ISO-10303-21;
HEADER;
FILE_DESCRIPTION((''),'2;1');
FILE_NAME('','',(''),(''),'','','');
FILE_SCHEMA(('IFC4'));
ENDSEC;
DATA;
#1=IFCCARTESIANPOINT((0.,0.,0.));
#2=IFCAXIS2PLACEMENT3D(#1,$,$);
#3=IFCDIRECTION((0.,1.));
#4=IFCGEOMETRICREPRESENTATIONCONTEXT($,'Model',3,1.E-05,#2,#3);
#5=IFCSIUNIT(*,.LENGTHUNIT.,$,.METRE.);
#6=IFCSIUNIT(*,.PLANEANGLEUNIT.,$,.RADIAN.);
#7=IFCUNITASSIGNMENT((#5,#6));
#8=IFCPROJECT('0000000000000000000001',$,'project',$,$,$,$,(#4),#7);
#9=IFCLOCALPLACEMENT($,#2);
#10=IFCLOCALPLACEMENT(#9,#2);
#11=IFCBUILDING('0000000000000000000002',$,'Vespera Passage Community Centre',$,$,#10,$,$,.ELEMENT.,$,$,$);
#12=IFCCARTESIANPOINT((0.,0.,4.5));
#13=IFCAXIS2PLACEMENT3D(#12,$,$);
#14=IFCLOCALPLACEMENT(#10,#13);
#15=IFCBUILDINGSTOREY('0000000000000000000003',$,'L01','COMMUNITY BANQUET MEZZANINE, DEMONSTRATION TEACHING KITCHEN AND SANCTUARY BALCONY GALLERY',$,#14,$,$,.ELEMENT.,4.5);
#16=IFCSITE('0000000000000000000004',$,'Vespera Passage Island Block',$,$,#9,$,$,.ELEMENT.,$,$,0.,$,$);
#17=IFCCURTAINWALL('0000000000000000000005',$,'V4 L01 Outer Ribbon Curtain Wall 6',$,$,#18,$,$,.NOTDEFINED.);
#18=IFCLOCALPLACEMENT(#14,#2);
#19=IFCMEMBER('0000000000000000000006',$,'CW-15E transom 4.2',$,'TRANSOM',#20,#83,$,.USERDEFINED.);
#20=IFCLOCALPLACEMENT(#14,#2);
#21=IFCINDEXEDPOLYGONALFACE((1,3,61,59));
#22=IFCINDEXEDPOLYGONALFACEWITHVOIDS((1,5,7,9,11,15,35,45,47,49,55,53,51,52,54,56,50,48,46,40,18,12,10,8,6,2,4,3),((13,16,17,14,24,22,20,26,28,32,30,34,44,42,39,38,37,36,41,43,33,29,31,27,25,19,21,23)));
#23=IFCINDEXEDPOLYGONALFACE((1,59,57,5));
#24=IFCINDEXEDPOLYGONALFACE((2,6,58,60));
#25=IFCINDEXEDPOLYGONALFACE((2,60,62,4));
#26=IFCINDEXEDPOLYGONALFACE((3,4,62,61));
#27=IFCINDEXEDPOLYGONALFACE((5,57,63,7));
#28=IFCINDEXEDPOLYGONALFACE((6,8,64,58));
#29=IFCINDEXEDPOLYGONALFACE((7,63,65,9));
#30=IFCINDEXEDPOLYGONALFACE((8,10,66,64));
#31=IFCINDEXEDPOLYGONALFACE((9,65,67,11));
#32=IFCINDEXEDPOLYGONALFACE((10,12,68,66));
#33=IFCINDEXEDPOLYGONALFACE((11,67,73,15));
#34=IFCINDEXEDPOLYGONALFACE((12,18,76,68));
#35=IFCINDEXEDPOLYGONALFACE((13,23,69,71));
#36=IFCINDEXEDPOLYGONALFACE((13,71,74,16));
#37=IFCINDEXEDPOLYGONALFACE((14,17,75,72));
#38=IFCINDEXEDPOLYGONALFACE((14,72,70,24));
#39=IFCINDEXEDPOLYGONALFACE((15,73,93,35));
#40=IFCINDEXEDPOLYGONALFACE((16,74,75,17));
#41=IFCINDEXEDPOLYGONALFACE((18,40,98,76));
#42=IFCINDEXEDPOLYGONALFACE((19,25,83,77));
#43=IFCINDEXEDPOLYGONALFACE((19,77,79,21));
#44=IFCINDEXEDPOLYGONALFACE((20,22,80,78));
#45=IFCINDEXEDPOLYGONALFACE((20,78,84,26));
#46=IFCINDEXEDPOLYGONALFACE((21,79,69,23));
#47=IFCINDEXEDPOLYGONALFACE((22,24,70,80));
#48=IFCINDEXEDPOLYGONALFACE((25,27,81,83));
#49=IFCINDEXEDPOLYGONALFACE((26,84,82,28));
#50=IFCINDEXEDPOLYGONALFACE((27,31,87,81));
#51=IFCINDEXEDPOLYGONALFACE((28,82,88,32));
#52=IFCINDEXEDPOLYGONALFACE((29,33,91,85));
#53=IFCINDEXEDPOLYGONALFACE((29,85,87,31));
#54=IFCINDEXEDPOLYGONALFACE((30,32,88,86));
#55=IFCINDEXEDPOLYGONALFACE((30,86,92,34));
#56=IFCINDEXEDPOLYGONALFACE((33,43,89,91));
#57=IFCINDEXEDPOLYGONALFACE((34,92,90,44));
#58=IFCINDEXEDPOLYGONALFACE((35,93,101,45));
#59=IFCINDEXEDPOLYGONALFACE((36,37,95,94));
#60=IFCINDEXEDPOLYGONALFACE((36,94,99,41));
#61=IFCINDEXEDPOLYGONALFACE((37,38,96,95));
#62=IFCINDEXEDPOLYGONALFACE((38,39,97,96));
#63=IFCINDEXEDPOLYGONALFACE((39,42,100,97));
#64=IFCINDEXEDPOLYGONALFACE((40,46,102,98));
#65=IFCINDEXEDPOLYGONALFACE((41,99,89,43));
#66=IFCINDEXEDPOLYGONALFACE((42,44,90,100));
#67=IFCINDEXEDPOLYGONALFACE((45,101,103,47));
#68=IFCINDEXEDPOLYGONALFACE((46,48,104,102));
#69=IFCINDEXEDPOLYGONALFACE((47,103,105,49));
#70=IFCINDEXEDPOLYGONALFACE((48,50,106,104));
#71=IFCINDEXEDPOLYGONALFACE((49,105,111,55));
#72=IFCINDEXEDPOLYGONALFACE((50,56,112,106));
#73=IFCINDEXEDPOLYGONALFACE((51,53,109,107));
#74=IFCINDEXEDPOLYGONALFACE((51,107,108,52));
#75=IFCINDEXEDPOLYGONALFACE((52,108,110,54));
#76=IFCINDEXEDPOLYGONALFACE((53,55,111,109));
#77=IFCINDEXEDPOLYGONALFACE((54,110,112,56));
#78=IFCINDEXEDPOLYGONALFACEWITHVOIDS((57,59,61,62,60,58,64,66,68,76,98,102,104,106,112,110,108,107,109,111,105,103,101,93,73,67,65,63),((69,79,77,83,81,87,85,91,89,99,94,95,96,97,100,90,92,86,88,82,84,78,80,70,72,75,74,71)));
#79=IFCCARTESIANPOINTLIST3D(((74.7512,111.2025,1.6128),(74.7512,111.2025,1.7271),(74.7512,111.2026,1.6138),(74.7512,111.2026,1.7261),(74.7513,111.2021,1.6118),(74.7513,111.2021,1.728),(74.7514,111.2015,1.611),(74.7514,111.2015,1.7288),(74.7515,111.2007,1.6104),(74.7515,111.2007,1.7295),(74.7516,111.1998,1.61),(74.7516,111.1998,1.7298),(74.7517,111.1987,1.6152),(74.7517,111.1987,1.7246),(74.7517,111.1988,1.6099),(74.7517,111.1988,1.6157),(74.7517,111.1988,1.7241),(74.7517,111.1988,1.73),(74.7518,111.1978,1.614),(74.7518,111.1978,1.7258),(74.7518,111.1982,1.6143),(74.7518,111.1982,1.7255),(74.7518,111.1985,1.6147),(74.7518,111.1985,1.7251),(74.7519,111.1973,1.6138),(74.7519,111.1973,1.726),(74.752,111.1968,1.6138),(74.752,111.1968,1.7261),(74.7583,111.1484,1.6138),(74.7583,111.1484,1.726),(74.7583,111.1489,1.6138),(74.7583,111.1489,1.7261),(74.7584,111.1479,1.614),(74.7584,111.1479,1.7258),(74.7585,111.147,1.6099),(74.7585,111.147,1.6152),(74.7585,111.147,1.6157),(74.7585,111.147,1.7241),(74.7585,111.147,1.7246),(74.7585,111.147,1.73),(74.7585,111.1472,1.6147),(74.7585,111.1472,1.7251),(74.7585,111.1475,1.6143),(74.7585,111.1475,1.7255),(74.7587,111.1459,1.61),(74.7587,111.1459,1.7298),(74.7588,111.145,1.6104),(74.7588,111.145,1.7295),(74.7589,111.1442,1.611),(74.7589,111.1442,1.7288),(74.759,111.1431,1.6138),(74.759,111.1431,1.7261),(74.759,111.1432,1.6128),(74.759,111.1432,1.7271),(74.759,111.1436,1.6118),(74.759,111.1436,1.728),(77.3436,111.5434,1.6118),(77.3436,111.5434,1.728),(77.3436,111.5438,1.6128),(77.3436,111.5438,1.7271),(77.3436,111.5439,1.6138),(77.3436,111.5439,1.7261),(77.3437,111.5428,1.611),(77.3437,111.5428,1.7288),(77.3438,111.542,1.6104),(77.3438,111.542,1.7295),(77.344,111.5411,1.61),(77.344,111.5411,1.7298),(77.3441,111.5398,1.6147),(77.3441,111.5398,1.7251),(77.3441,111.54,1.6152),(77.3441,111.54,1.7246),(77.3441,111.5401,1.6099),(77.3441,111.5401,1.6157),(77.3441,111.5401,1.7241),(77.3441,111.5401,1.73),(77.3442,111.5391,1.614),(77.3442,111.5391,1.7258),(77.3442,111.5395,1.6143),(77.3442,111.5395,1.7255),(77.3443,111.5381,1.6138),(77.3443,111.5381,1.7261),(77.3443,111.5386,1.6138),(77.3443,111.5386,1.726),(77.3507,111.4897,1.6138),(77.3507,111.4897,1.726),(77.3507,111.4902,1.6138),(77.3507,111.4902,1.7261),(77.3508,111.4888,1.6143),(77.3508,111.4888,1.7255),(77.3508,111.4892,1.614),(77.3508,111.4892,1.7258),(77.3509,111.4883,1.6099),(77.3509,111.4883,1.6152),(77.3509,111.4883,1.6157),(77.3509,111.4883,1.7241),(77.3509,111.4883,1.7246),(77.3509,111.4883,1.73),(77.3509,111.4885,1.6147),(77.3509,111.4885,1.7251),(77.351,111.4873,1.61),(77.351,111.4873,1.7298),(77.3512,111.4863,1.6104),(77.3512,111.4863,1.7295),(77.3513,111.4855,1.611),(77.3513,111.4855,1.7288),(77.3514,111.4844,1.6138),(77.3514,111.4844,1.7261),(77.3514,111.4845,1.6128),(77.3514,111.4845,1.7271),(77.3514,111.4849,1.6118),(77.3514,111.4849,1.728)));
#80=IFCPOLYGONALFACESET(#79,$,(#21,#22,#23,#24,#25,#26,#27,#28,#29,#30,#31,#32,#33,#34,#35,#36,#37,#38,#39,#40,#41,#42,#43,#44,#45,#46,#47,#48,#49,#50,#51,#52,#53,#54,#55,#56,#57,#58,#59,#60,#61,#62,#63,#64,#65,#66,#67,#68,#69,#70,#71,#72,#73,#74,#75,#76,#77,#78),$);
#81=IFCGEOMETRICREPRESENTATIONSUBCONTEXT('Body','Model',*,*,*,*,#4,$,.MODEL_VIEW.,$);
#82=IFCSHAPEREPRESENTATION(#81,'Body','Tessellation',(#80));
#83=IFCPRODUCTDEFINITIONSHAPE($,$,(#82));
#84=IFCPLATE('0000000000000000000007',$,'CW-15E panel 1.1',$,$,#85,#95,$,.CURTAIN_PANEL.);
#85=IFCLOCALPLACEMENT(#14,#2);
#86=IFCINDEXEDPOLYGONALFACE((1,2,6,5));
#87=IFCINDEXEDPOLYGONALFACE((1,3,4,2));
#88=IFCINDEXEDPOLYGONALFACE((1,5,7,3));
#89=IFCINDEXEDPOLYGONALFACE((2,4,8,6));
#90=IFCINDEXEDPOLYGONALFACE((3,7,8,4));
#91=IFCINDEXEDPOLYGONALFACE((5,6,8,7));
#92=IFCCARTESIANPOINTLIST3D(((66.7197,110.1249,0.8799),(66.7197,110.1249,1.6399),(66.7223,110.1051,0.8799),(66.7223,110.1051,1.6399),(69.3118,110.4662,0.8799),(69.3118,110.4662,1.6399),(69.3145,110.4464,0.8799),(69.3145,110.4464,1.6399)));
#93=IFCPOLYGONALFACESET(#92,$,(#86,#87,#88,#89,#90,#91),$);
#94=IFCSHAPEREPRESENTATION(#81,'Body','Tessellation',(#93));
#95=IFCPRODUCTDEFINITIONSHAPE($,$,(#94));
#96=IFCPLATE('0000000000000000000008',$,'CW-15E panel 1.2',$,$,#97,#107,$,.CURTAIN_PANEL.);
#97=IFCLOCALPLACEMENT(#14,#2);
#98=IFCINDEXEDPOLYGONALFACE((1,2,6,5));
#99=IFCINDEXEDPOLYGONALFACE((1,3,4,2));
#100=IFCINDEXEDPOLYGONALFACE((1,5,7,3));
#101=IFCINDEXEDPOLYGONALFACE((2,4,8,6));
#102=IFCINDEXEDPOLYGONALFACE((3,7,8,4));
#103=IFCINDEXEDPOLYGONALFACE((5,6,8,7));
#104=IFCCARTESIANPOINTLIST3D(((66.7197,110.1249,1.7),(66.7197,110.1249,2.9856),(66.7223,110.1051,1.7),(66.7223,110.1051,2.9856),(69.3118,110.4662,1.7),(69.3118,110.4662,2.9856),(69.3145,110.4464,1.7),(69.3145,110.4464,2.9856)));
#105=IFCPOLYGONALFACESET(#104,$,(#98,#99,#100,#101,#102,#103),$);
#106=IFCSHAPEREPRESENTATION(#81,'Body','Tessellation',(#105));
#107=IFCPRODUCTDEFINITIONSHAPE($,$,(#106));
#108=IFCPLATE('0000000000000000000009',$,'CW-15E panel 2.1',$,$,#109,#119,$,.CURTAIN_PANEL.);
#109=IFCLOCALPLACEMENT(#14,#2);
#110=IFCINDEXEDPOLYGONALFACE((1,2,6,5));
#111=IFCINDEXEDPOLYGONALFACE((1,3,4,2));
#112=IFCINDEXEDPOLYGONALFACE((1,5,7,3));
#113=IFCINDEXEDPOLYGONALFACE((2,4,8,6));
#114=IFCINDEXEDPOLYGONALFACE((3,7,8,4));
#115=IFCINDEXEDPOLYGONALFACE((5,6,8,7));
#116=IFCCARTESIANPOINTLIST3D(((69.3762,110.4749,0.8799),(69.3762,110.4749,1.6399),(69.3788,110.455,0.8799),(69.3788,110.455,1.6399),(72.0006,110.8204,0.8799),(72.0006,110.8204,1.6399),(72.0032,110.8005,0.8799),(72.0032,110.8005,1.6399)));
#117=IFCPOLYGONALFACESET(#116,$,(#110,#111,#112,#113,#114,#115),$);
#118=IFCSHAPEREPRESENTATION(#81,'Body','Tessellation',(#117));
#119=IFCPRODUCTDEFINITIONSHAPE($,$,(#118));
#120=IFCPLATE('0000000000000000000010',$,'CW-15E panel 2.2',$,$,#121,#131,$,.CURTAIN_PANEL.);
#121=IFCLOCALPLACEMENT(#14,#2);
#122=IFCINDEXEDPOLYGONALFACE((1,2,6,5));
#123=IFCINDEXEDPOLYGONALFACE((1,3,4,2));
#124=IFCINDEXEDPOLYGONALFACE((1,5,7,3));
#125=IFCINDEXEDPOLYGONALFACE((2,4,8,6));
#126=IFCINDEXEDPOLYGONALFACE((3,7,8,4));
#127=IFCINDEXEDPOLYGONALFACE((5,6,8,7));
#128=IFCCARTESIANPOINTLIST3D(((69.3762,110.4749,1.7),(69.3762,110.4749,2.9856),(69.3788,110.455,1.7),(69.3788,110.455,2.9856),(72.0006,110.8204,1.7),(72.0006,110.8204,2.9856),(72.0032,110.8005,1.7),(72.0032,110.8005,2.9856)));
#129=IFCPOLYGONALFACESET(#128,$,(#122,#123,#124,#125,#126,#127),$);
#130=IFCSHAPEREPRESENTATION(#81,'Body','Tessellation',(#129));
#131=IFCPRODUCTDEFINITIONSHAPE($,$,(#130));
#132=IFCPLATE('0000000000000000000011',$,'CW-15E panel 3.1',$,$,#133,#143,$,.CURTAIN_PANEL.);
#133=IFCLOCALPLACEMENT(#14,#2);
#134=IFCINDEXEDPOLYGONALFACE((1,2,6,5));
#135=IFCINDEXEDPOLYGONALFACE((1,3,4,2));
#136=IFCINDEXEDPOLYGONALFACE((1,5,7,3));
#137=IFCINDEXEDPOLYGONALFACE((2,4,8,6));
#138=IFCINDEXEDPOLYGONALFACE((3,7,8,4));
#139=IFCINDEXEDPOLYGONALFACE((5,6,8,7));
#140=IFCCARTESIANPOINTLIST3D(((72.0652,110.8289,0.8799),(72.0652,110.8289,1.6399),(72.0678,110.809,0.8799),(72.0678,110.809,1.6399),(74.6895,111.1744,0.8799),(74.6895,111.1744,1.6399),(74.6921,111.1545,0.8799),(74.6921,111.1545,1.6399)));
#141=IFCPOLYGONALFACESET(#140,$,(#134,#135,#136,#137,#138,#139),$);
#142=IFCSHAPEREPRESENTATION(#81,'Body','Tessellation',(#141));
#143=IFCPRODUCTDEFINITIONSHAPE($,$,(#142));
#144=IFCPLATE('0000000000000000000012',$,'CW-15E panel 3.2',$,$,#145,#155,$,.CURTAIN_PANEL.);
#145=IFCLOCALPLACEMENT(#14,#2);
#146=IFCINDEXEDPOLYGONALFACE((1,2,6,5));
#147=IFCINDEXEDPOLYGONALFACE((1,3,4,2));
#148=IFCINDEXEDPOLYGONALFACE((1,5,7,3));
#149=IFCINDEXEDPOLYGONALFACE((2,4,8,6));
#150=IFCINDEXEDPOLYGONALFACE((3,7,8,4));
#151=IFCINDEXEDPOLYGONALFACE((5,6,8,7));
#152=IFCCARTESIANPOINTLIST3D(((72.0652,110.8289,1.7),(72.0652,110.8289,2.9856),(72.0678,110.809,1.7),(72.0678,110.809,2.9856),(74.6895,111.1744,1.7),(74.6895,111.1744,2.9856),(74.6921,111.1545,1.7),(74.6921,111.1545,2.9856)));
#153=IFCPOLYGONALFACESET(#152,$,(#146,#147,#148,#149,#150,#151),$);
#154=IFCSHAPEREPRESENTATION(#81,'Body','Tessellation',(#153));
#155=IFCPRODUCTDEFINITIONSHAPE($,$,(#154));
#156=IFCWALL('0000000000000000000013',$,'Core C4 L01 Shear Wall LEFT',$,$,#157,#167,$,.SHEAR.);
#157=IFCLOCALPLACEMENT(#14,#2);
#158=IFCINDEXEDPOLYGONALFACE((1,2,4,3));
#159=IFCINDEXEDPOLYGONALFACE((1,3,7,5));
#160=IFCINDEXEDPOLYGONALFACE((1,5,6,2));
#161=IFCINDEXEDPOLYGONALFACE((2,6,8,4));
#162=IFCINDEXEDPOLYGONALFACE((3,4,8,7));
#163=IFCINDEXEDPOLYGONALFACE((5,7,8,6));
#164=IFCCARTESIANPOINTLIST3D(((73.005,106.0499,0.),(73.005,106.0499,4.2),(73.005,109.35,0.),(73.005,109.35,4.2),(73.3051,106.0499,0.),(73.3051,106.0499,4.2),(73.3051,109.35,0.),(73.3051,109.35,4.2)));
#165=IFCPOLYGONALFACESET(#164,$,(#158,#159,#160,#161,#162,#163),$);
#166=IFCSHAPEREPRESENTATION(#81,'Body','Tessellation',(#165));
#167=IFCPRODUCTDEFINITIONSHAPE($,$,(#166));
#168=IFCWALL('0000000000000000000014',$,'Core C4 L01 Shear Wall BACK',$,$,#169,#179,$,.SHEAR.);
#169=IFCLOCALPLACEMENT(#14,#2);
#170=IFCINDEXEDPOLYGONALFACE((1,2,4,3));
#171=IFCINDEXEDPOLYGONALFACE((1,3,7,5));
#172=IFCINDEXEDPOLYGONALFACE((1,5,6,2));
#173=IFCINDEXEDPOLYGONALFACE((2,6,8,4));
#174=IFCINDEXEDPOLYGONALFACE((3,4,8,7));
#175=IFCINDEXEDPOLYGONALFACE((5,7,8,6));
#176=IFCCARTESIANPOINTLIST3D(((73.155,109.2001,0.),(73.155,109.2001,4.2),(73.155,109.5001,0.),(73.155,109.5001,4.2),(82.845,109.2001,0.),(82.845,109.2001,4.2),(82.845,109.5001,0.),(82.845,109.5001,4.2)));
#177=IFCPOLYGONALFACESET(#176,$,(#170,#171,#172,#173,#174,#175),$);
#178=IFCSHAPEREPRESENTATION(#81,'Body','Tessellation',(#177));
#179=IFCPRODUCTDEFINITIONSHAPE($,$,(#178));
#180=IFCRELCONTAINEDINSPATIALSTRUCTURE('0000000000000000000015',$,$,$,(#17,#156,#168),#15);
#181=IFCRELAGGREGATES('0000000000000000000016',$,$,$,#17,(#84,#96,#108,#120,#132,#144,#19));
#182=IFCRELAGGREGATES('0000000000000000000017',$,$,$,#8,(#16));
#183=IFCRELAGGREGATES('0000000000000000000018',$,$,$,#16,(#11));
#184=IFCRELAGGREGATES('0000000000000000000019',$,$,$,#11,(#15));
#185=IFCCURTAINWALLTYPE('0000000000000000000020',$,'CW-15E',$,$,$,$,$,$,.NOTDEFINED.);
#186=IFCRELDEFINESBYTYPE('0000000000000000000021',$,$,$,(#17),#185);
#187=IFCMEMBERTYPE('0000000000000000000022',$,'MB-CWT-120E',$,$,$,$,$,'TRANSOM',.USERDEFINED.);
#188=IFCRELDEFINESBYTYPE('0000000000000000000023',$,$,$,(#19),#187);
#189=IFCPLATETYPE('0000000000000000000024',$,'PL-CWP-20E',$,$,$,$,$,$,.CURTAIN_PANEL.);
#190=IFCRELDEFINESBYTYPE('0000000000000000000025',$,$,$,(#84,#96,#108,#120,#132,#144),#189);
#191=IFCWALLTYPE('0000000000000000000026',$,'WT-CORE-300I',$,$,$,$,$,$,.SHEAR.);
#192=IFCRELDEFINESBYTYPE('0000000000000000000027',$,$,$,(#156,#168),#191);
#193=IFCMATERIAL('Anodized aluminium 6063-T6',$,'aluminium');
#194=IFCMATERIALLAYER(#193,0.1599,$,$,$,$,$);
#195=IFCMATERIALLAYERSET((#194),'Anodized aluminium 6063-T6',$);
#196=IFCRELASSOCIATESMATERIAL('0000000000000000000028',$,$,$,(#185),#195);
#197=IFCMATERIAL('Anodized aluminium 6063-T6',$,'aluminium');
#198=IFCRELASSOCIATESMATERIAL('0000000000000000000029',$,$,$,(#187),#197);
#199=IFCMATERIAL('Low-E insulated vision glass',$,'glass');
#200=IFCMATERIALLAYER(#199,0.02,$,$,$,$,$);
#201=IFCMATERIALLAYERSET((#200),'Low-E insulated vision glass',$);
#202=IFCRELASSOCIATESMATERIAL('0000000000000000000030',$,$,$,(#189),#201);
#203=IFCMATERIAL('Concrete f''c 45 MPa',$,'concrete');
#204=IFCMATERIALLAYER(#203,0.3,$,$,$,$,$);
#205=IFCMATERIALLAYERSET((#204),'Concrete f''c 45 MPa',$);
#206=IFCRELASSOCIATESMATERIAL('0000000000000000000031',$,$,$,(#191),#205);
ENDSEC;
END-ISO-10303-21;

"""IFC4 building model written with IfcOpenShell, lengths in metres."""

from ifc_helpers import new_model, si_unit, direction, frame, frame_2d, origin, origin_2d, place, context, subcontext, project, spatial, rectangle, hollow_rectangle, extrude, material, layer, layer_set, material_profile, profile_set, type_object, element, aggregate, save


model = new_model("IFC4")

# Units and contexts
model_context = context("Model", 3, precision=1e-05, world=origin(), true_north=direction((0.0, 1.0)))
body_context = subcontext(model_context, "Body", "Model", "MODEL_VIEW")
ifc_project = project(units=[si_unit("LENGTHUNIT", "METRE"), si_unit("PLANEANGLEUNIT", "RADIAN")], contexts=[model_context])

# Site, building, storey
site_placement = place(None, origin())
site = spatial("IfcSite", under=ifc_project, at=site_placement, Name="Vespera Passage Island Block", CompositionType="ELEMENT", RefElevation=0.0)
building_placement = place(site_placement, origin())
building = spatial("IfcBuilding", under=site, at=building_placement, Name="Vespera Passage Community Centre", CompositionType="ELEMENT")
storey_placement = place(building_placement, frame((0.0, 0.0, 4.5)))
storey = spatial("IfcBuildingStorey", under=building, at=storey_placement, Name="L01", Description="COMMUNITY BANQUET MEZZANINE, DEMONSTRATION TEACHING KITCHEN AND SANCTUARY BALCONY GALLERY", CompositionType="ELEMENT", Elevation=4.5)

# Curtain wall, member, plates
ifc_material_1 = material(Name="Anodized aluminium 6063-T6", Category="aluminium")
ifc_layer_1 = layer(ifc_material_1, 0.1599)
ifc_layer_set_1 = layer_set([ifc_layer_1], Name="Anodized aluminium 6063-T6")
curtain_wall_type = type_object("IfcCurtainWallType", Name="CW-15E", PredefinedType="NOTDEFINED", material=ifc_layer_set_1)
curtain_wall_placement = place(storey_placement, origin())
curtain_wall = element("IfcCurtainWall", 1, at=curtain_wall_placement, inside=storey, type_object=curtain_wall_type, Name="V4 L01 Outer Ribbon Curtain Wall 6", PredefinedType="NOTDEFINED")
ifc_material_2 = material(Name="Anodized aluminium 6063-T6", Category="aluminium")
ifc_material_profile_1 = material_profile(ifc_material_2, hollow_rectangle(XDim=0.0601, YDim=0.1201, WallThickness=0.0039, InnerFilletRadius=0.002, OuterFilletRadius=0.0039, at=origin_2d()), Name="ALU120X60X4")
ifc_profile_set_1 = profile_set([ifc_material_profile_1], Name="Anodized aluminium 6063-T6")
member_type_1 = type_object("IfcMemberType", Name="MB-CWT-120E", ElementType="TRANSOM", PredefinedType="USERDEFINED", material=ifc_profile_set_1)
member_1_placement = place(storey_placement, frame((74.7551, 111.1729, 1.6699), z_axis=(0.991443, 0.130537, 0.0), x_axis=(-0.130537, 0.991443, 0.0)))
member_1 = element("IfcMember", 2, at=member_1_placement, type_object=member_type_1, Name="CW-15E transom 4.2", ObjectType="TRANSOM", PredefinedType="USERDEFINED", context=body_context, shape_type="SweptSolid", body=[
    extrude(hollow_rectangle(XDim=0.0601, YDim=0.1201, WallThickness=0.0039, InnerFilletRadius=0.002, OuterFilletRadius=0.0039, at=origin_2d()), origin(), (0.0, 0.0, 1.0), 2.6147),
])
ifc_material_3 = material(Name="Low-E insulated vision glass", Category="glass")
ifc_layer_2 = layer(ifc_material_3, 0.02)
ifc_layer_set_2 = layer_set([ifc_layer_2], Name="Low-E insulated vision glass")
plate_type = type_object("IfcPlateType", Name="PL-CWP-20E", PredefinedType="CURTAIN_PANEL", material=ifc_layer_set_2)
plate_1_placement = place(storey_placement, frame((68.0171, 110.2856, 0.8799), z_axis=(0.0, 0.0, 1.0), x_axis=(0.991444, 0.130531, 0.0)))
plate_1 = element("IfcPlate", 3, at=plate_1_placement, type_object=plate_type, Name="CW-15E panel 1.1", PredefinedType="CURTAIN_PANEL", context=body_context, shape_type="SweptSolid", body=[
    extrude(rectangle(XDim=2.6145, YDim=0.02, at=origin_2d()), origin(), (0.0, 0.0, 1.0), 0.76),
])
plate_2_placement = place(storey_placement, frame((68.0171, 110.2856, 1.7), z_axis=(0.0, 0.0, 1.0), x_axis=(0.991444, 0.130531, 0.0)))
plate_2 = element("IfcPlate", 4, at=plate_2_placement, type_object=plate_type, Name="CW-15E panel 1.2", PredefinedType="CURTAIN_PANEL", context=body_context, shape_type="SweptSolid", body=[
    extrude(rectangle(XDim=2.6145, YDim=0.02, at=origin_2d()), origin(), (0.0, 0.0, 1.0), 1.2856),
])
plate_3_placement = place(storey_placement, frame((70.6897, 110.6377, 0.8799), z_axis=(0.0, 0.0, 1.0), x_axis=(0.991444, 0.130531, 0.0)))
plate_3 = element("IfcPlate", 5, at=plate_3_placement, type_object=plate_type, Name="CW-15E panel 2.1", PredefinedType="CURTAIN_PANEL", context=body_context, shape_type="SweptSolid", body=[
    extrude(rectangle(XDim=2.647, YDim=0.02, at=origin_2d()), origin(), (0.0, 0.0, 1.0), 0.76),
])
plate_4_placement = place(storey_placement, frame((70.6897, 110.6377, 1.7), z_axis=(0.0, 0.0, 1.0), x_axis=(0.991444, 0.130531, 0.0)))
plate_4 = element("IfcPlate", 6, at=plate_4_placement, type_object=plate_type, Name="CW-15E panel 2.2", PredefinedType="CURTAIN_PANEL", context=body_context, shape_type="SweptSolid", body=[
    extrude(rectangle(XDim=2.647, YDim=0.02, at=origin_2d()), origin(), (0.0, 0.0, 1.0), 1.2856),
])
plate_5_placement = place(storey_placement, frame((73.3787, 110.9917, 0.8799), z_axis=(0.0, 0.0, 1.0), x_axis=(0.991444, 0.130531, 0.0)))
plate_5 = element("IfcPlate", 7, at=plate_5_placement, type_object=plate_type, Name="CW-15E panel 3.1", PredefinedType="CURTAIN_PANEL", context=body_context, shape_type="SweptSolid", body=[
    extrude(rectangle(XDim=2.647, YDim=0.02, at=origin_2d()), origin(), (0.0, 0.0, 1.0), 0.76),
])
plate_6_placement = place(storey_placement, frame((73.3787, 110.9917, 1.7), z_axis=(0.0, 0.0, 1.0), x_axis=(0.991444, 0.130531, 0.0)))
plate_6 = element("IfcPlate", 8, at=plate_6_placement, type_object=plate_type, Name="CW-15E panel 3.2", PredefinedType="CURTAIN_PANEL", context=body_context, shape_type="SweptSolid", body=[
    extrude(rectangle(XDim=2.647, YDim=0.02, at=origin_2d()), origin(), (0.0, 0.0, 1.0), 1.2856),
])
aggregate(curtain_wall, [plate_1, plate_2, plate_3, plate_4, plate_5, plate_6, member_1])

# Walls
ifc_material_4 = material(Name="Concrete f'c 45 MPa", Category="concrete")
ifc_layer_3 = layer(ifc_material_4, 0.3)
ifc_layer_set_3 = layer_set([ifc_layer_3], Name="Concrete f'c 45 MPa")
wall_type_1 = type_object("IfcWallType", Name="WT-CORE-300I", PredefinedType="SHEAR", material=ifc_layer_set_3)
wall_1_placement = place(storey_placement, frame((73.155, 106.05, 0.0), z_axis=(0.0, 0.0, 1.0), x_axis=(0.0, 1.0, 0.0)))
element("IfcWall", 9, at=wall_1_placement, inside=storey, type_object=wall_type_1, Name="Core C4 L01 Shear Wall LEFT", PredefinedType="SHEAR", context=body_context, shape_type="SweptSolid", body=[
    extrude(rectangle(XDim=3.3, YDim=0.3, at=frame_2d((1.6499, 0.0))), origin(), (0.0, 0.0, 1.0), 4.2),
])
wall_2_placement = place(storey_placement, frame((73.155, 109.3501, 0.0), z_axis=(0.0, 0.0, 1.0), x_axis=(1.0, 0.0, 0.0)))
element("IfcWall", 10, at=wall_2_placement, inside=storey, type_object=wall_type_1, Name="Core C4 L01 Shear Wall BACK", PredefinedType="SHEAR", context=body_context, shape_type="SweptSolid", body=[
    extrude(rectangle(XDim=9.6899, YDim=0.3, at=frame_2d((4.845, 0.0))), origin(), (0.0, 0.0, 1.0), 4.2),
])

save(model, "model.ifc")
